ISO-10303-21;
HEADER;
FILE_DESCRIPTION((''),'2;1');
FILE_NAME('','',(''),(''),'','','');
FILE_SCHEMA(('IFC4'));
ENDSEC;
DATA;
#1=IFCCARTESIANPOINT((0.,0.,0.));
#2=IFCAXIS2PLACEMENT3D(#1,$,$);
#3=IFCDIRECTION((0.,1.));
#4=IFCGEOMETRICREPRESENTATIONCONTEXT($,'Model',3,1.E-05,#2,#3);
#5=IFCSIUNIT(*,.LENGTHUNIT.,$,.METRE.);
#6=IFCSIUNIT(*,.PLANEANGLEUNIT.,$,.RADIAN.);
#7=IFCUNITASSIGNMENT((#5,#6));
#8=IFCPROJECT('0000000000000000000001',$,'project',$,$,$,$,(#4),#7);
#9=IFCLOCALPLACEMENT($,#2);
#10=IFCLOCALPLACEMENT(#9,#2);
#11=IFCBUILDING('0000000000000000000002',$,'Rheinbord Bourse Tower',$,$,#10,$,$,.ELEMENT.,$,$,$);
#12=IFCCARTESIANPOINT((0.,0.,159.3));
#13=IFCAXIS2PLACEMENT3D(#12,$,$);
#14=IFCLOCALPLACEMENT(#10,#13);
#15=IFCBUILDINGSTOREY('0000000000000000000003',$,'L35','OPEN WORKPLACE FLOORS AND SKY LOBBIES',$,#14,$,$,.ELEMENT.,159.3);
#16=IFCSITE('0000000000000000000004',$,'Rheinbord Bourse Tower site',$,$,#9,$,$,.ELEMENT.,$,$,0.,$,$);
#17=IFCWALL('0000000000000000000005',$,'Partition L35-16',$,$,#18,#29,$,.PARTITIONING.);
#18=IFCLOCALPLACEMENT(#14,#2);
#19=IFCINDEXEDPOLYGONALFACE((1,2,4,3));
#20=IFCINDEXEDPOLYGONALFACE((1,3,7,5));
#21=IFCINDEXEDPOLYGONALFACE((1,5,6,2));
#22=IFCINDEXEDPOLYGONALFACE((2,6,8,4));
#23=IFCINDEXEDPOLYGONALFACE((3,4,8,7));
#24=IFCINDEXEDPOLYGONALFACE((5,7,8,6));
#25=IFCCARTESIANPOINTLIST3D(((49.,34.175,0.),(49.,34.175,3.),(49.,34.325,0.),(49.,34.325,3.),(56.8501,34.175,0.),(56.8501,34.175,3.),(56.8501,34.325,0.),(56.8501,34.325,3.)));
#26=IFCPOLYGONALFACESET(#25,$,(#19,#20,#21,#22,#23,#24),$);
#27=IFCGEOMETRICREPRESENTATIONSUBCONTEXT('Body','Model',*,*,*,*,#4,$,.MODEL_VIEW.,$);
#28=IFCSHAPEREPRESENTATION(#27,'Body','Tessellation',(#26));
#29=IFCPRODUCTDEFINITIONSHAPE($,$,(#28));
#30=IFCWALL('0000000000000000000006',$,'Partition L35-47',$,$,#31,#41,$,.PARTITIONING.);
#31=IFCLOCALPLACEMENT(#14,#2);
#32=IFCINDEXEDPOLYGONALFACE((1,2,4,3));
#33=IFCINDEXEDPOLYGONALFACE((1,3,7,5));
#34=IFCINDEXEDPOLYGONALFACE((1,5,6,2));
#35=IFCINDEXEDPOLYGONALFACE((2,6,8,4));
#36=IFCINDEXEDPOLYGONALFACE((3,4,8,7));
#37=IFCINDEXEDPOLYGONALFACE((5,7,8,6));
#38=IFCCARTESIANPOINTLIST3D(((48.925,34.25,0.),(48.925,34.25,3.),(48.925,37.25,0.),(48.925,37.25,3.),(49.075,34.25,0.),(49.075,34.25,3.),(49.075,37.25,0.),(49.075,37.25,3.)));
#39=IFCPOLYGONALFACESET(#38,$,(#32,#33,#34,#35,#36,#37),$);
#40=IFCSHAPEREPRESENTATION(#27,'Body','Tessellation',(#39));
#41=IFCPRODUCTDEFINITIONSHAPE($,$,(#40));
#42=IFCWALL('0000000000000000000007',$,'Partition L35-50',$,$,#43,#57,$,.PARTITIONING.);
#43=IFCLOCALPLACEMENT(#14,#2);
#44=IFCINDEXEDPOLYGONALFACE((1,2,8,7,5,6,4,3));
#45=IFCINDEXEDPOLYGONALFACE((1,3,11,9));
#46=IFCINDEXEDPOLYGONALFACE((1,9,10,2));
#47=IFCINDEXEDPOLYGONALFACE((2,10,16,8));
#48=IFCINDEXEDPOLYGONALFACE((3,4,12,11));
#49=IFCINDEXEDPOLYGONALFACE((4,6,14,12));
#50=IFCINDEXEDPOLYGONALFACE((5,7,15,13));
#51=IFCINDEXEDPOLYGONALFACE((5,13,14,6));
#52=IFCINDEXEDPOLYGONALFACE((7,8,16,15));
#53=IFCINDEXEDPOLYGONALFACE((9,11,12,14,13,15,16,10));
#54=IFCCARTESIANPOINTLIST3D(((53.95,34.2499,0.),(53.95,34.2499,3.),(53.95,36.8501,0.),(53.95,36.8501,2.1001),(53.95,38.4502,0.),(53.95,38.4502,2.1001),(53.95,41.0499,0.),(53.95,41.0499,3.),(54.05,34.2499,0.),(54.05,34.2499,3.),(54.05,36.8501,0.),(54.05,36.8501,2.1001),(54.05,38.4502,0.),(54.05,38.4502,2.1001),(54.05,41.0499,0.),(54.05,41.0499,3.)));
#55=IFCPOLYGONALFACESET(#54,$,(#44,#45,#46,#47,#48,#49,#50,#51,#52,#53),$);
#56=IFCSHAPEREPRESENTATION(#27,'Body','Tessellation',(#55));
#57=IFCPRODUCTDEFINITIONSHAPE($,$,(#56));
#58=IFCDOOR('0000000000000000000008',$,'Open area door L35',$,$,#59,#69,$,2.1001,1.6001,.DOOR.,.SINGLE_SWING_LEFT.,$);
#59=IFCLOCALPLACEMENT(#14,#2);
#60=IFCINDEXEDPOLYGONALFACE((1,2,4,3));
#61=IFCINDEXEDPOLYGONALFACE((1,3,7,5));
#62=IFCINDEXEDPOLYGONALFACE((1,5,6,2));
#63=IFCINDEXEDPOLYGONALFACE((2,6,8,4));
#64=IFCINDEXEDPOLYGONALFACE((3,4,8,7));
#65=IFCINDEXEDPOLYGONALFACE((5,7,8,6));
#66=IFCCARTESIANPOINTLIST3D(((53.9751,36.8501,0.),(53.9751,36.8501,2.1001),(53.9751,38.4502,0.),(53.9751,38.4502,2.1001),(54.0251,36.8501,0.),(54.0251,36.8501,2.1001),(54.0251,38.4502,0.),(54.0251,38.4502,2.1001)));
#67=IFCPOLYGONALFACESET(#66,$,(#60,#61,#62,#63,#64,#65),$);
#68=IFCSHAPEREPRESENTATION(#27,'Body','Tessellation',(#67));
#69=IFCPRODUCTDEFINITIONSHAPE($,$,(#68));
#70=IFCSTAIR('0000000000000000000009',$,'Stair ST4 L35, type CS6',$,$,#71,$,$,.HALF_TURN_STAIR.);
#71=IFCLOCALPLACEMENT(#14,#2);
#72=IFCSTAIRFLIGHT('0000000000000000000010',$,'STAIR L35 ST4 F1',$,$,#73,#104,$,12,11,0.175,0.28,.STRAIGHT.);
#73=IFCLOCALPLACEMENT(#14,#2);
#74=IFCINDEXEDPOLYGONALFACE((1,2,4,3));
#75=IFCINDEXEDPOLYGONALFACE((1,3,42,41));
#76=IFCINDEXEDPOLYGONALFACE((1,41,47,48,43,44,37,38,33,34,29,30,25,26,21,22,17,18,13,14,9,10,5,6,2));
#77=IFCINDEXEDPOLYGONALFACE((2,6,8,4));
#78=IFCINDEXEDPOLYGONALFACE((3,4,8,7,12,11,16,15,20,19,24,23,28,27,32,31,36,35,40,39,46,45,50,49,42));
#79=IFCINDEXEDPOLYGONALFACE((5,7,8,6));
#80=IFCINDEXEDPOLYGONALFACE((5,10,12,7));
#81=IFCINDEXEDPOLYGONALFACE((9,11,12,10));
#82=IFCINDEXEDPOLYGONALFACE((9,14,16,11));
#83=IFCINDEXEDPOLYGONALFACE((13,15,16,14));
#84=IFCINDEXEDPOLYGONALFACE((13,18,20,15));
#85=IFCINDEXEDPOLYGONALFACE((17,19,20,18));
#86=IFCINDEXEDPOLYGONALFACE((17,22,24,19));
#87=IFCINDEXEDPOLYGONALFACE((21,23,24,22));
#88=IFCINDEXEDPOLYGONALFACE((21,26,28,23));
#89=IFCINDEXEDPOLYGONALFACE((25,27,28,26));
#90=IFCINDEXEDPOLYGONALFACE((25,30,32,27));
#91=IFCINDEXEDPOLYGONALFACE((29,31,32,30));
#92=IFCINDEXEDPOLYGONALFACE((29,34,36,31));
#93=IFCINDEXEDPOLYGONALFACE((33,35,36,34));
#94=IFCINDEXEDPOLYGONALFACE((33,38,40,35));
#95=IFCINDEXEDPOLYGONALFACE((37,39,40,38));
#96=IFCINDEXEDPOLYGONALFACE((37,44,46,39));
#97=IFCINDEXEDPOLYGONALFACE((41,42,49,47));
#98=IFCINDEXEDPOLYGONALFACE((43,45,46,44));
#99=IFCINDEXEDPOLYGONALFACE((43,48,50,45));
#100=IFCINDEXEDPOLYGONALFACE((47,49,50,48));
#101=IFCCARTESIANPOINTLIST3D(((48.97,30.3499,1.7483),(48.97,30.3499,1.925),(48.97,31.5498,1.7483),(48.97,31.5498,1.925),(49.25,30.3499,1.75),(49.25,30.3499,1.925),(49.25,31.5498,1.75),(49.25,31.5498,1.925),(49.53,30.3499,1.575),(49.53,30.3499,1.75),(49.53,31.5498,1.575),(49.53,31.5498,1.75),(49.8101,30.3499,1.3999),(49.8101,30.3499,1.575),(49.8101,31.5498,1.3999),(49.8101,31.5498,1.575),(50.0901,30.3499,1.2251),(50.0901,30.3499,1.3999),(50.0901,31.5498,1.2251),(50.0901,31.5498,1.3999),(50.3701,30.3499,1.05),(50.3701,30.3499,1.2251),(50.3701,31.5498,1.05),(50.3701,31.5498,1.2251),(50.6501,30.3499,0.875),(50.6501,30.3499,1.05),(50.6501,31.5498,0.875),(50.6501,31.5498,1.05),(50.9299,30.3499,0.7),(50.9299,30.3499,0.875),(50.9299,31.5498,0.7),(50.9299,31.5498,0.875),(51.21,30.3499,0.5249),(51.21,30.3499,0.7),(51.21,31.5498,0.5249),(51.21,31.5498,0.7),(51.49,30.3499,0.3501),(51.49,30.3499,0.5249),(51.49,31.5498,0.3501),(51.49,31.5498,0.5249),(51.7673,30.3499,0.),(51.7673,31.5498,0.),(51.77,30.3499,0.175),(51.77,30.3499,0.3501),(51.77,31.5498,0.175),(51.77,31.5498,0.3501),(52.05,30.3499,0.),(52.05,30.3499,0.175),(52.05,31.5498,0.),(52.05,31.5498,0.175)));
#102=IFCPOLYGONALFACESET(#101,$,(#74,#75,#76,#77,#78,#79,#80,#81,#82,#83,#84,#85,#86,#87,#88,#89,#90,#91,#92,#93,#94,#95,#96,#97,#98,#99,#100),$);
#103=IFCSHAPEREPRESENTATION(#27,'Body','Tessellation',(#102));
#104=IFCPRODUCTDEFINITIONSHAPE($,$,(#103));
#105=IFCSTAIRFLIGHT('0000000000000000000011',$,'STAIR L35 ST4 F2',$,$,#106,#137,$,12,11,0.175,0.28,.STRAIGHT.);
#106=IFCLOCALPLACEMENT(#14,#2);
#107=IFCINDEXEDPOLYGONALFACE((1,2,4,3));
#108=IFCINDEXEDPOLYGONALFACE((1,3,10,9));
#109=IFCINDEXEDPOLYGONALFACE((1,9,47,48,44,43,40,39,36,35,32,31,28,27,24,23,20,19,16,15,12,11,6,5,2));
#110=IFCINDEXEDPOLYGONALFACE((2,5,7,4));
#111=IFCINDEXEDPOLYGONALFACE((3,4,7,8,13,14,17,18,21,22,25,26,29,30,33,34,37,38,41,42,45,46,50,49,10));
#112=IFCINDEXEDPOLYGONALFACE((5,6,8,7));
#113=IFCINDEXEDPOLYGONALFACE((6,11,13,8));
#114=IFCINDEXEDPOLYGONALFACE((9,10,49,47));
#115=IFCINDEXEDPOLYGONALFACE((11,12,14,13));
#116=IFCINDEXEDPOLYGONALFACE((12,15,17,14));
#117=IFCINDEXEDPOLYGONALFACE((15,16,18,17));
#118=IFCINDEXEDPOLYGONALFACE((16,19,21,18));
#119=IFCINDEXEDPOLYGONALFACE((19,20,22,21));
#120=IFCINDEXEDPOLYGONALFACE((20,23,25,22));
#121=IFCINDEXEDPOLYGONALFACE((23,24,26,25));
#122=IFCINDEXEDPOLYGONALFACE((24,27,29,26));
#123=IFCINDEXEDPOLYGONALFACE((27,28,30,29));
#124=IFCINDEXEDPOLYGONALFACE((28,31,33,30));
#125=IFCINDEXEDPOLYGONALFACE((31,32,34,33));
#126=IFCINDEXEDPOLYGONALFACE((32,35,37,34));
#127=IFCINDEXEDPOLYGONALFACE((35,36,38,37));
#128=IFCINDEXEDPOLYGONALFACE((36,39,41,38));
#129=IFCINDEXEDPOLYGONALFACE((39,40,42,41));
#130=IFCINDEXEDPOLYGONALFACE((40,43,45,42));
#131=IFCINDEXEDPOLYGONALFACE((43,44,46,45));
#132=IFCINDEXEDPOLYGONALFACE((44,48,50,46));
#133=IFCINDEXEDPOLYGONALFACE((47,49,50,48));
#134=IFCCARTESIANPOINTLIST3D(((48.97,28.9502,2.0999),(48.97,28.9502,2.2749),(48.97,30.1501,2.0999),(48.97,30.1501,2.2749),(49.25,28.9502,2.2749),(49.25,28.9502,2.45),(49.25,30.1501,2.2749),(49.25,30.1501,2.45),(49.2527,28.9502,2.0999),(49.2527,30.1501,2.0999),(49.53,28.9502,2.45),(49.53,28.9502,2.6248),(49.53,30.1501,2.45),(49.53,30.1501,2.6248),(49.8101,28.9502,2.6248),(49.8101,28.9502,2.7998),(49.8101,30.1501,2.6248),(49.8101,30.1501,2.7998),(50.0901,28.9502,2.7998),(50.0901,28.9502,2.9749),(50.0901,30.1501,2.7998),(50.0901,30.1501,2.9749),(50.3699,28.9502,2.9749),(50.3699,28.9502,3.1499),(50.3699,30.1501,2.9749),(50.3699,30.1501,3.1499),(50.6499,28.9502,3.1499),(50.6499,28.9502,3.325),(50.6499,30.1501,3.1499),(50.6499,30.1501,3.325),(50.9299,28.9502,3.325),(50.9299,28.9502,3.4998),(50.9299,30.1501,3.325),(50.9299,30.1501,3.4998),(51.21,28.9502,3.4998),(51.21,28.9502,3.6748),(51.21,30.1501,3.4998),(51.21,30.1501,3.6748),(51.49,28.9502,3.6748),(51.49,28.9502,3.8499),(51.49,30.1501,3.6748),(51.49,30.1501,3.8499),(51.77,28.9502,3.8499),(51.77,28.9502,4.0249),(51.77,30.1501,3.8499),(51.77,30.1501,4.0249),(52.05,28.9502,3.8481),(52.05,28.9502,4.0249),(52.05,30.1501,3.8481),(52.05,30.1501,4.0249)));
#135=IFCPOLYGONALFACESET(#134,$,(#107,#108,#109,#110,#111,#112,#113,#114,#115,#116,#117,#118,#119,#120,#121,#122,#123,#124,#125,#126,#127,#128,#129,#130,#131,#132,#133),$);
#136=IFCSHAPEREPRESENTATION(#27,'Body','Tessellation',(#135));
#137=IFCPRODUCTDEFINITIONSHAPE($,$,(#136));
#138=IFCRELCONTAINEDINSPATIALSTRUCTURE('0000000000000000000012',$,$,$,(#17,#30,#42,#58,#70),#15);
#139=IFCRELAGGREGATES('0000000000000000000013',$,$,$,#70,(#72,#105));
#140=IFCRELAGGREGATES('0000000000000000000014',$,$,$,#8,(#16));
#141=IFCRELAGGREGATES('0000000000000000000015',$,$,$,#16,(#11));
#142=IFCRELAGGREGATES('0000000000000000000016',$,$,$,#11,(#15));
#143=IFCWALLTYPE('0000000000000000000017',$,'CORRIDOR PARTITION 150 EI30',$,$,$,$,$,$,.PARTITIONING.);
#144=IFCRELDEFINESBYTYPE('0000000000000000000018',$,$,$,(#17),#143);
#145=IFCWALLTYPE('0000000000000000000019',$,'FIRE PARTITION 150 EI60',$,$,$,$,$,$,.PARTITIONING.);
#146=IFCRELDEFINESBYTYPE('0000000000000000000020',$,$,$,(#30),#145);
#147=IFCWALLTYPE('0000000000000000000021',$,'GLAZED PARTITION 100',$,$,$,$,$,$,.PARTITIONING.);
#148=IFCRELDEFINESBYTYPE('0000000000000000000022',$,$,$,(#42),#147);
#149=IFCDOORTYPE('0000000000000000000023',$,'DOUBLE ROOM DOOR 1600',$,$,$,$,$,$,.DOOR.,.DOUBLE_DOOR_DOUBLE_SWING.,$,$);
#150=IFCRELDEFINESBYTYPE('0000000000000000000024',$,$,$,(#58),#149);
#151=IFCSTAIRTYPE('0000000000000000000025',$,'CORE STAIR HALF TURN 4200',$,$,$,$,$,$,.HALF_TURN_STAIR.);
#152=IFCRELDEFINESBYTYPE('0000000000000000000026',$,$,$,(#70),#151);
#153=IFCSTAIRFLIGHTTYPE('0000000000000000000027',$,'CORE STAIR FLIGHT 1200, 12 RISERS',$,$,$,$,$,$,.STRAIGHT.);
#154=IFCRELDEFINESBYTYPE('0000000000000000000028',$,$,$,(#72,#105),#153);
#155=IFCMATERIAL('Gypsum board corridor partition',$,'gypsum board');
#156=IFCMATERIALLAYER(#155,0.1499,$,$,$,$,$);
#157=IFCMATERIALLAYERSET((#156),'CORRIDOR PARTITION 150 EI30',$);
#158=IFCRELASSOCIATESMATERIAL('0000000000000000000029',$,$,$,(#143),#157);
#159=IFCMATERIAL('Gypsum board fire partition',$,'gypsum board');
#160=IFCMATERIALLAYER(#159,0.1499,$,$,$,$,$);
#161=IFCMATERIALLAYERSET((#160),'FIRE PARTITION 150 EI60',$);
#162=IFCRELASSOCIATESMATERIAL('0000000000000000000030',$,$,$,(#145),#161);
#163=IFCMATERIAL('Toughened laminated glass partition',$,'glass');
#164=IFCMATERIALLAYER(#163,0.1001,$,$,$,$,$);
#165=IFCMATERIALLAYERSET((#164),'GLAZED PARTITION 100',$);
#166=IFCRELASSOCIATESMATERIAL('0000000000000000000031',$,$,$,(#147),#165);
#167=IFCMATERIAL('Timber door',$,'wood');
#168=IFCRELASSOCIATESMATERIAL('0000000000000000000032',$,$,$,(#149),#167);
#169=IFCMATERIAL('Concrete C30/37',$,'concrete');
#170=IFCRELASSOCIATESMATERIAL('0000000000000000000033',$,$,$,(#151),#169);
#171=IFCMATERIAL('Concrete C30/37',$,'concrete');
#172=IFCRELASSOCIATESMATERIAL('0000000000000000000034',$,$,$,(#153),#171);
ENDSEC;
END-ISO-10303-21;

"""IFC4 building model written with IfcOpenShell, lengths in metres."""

from ifc_helpers import new_model, si_unit, direction, frame, frame_2d, origin, place, context, subcontext, project, spatial, polyline, rectangle, outline, extrude, material, layer, layer_set, type_object, element, fill, aggregate, save


model = new_model("IFC4")

# Units and contexts
model_context = context("Model", 3, precision=1e-05, world=origin(), true_north=direction((0.0, 1.0)))
body_context = subcontext(model_context, "Body", "Model", "MODEL_VIEW")
ifc_project = project(units=[si_unit("LENGTHUNIT", "METRE"), si_unit("PLANEANGLEUNIT", "RADIAN")], contexts=[model_context])

# Site, building, storey
site_placement = place(None, origin())
site = spatial("IfcSite", under=ifc_project, at=site_placement, Name="Rheinbord Bourse Tower site", CompositionType="ELEMENT", RefElevation=0.0)
building_placement = place(site_placement, origin())
building = spatial("IfcBuilding", under=site, at=building_placement, Name="Rheinbord Bourse Tower", CompositionType="ELEMENT")
storey_placement = place(building_placement, frame((0.0, 0.0, 159.3)))
storey = spatial("IfcBuildingStorey", under=building, at=storey_placement, Name="L35", Description="OPEN WORKPLACE FLOORS AND SKY LOBBIES", CompositionType="ELEMENT", Elevation=159.3)

# Walls
ifc_material_1 = material(Name="Gypsum board corridor partition", Category="gypsum board")
ifc_layer_1 = layer(ifc_material_1, 0.1499)
ifc_layer_set_1 = layer_set([ifc_layer_1], Name="CORRIDOR PARTITION 150 EI30")
wall_type_1 = type_object("IfcWallType", Name="CORRIDOR PARTITION 150 EI30", PredefinedType="PARTITIONING", material=ifc_layer_set_1)
wall_1_placement = place(storey_placement, frame((49.0, 34.25, 0.0), z_axis=(0.0, 0.0, 1.0), x_axis=(1.0, 0.0, 0.0)))
element("IfcWall", 1, at=wall_1_placement, inside=storey, type_object=wall_type_1, Name="Partition L35-16", PredefinedType="PARTITIONING", context=body_context, shape_type="SweptSolid", body=[
    extrude(rectangle(XDim=7.8501, YDim=0.1499, at=frame_2d((3.925, 0.0))), origin(), (0.0, 0.0, 1.0), 3.0),
])
ifc_material_2 = material(Name="Gypsum board fire partition", Category="gypsum board")
ifc_layer_2 = layer(ifc_material_2, 0.1499)
ifc_layer_set_2 = layer_set([ifc_layer_2], Name="FIRE PARTITION 150 EI60")
wall_type_2 = type_object("IfcWallType", Name="FIRE PARTITION 150 EI60", PredefinedType="PARTITIONING", material=ifc_layer_set_2)
wall_2_placement = place(storey_placement, frame((49.0, 34.25, 0.0), z_axis=(0.0, 0.0, 1.0), x_axis=(0.0, 1.0, 0.0)))
element("IfcWall", 2, at=wall_2_placement, inside=storey, type_object=wall_type_2, Name="Partition L35-47", PredefinedType="PARTITIONING", context=body_context, shape_type="SweptSolid", body=[
    extrude(rectangle(XDim=3.0, YDim=0.1499, at=frame_2d((1.5, 0.0))), origin(), (0.0, 0.0, 1.0), 3.0),
])

# Wall, opening, door
ifc_material_3 = material(Name="Toughened laminated glass partition", Category="glass")
ifc_layer_3 = layer(ifc_material_3, 0.1001)
ifc_layer_set_3 = layer_set([ifc_layer_3], Name="GLAZED PARTITION 100")
wall_type_3 = type_object("IfcWallType", Name="GLAZED PARTITION 100", PredefinedType="PARTITIONING", material=ifc_layer_set_3)
wall_3_placement = place(storey_placement, frame((54.0, 34.25, 0.0), z_axis=(0.0, 0.0, 1.0), x_axis=(0.0, 1.0, 0.0)))
wall_3 = element("IfcWall", 3, at=wall_3_placement, inside=storey, type_object=wall_type_3, Name="Partition L35-50", PredefinedType="PARTITIONING", context=body_context, shape_type="SweptSolid", body=[
    extrude(rectangle(XDim=6.8, YDim=0.1001, at=frame_2d((3.3999, 0.0))), origin(), (0.0, 0.0, 1.0), 3.0),
])
opening_1_placement = place(wall_3_placement, frame((2.6001, 0.0, 0.0)))
opening_1 = element("IfcOpeningElement", 4, at=opening_1_placement, cuts=wall_3, PredefinedType="OPENING", context=body_context, shape_type="SweptSolid", body=[
    extrude(rectangle(XDim=1.6001, YDim=2.1001, at=frame_2d((0.8, 1.05))), frame((0.0, 0.0601, 0.0), z_axis=(0.0, -1.0, 0.0), x_axis=(1.0, 0.0, 0.0)), (0.0, 0.0, 1.0), 0.1201),
])
ifc_material_4 = material(Name="Timber door", Category="wood")
door_type_1 = type_object("IfcDoorType", Name="DOUBLE ROOM DOOR 1600", OperationType="DOUBLE_DOOR_DOUBLE_SWING", PredefinedType="DOOR", material=ifc_material_4)
door_1_placement = place(opening_1_placement, origin())
door_1 = element("IfcDoor", 5, at=door_1_placement, inside=storey, type_object=door_type_1, Name="Open area door L35", OperationType="SINGLE_SWING_LEFT", OverallHeight=2.1001, OverallWidth=1.6001, PredefinedType="DOOR", context=body_context, shape_type="SweptSolid", body=[
    extrude(rectangle(XDim=1.6001, YDim=2.1001, at=frame_2d((0.8, 1.05))), frame((0.0, 0.0249, 0.0), z_axis=(0.0, -1.0, 0.0), x_axis=(1.0, 0.0, 0.0)), (0.0, 0.0, 1.0), 0.05),
])
fill(opening_1, door_1)

# Stair, stair flights
ifc_material_5 = material(Name="Concrete C30/37", Category="concrete")
stair_type = type_object("IfcStairType", Name="CORE STAIR HALF TURN 4200", PredefinedType="HALF_TURN_STAIR", material=ifc_material_5)
stair_placement = place(storey_placement, origin())
stair = element("IfcStair", 6, at=stair_placement, inside=storey, type_object=stair_type, Name="Stair ST4 L35, type CS6", PredefinedType="HALF_TURN_STAIR")
ifc_material_6 = material(Name="Concrete C30/37", Category="concrete")
stair_flight_type = type_object("IfcStairFlightType", Name="CORE STAIR FLIGHT 1200, 12 RISERS", PredefinedType="STRAIGHT", material=ifc_material_6)
stair_flight_1_placement = place(storey_placement, frame((52.05, 30.95, 0.0), z_axis=(0.0, 0.0, 1.0), x_axis=(-1.0, 0.0, 0.0)))
stair_flight_1 = element("IfcStairFlight", 7, at=stair_flight_1_placement, type_object=stair_flight_type, Name="STAIR L35 ST4 F1", NumberOfRisers=12, NumberOfTreads=11, PredefinedType="STRAIGHT", RiserHeight=0.175, TreadLength=0.28, context=body_context, shape_type="SweptSolid", body=[
    extrude(outline(polyline([(0.0, 0.0), (0.0, 0.175), (0.28, 0.175), (0.28, 0.3501), (0.5601, 0.3501), (0.5601, 0.5249), (0.8401, 0.5249), (0.8401, 0.7), (1.1201, 0.7), (1.1201, 0.875), (1.3999, 0.875), (1.3999, 1.05), (1.6799, 1.05), (1.6799, 1.2251), (1.96, 1.2251), (1.96, 1.3999), (2.24, 1.3999), (2.24, 1.575), (2.52, 1.575), (2.52, 1.75), (2.8, 1.75), (2.8, 1.925), (3.0801, 1.925), (3.0801, 2.1001), (3.0801, 1.7483), (0.2827, 0.0), (0.0, 0.0)])), frame((0.0, 0.6001, 0.0), z_axis=(0.0, -1.0, 0.0), x_axis=(1.0, 0.0, 0.0)), (0.0, 0.0, 1.0), 1.2),
])
stair_flight_2_placement = place(storey_placement, frame((48.97, 29.55, 2.0999), z_axis=(0.0, 0.0, 1.0), x_axis=(1.0, 0.0, 0.0)))
stair_flight_2 = element("IfcStairFlight", 8, at=stair_flight_2_placement, type_object=stair_flight_type, Name="STAIR L35 ST4 F2", NumberOfRisers=12, NumberOfTreads=11, PredefinedType="STRAIGHT", RiserHeight=0.175, TreadLength=0.28, context=body_context, shape_type="SweptSolid", body=[
    extrude(outline(polyline([(0.0, 0.0), (0.0, 0.175), (0.28, 0.175), (0.28, 0.3501), (0.5601, 0.3501), (0.5601, 0.5249), (0.8401, 0.5249), (0.8401, 0.7), (1.1201, 0.7), (1.1201, 0.875), (1.3999, 0.875), (1.3999, 1.05), (1.6799, 1.05), (1.6799, 1.2251), (1.96, 1.2251), (1.96, 1.3999), (2.24, 1.3999), (2.24, 1.575), (2.52, 1.575), (2.52, 1.75), (2.8, 1.75), (2.8, 1.925), (3.0801, 1.925), (3.0801, 2.1001), (3.0801, 1.7483), (0.2827, 0.0), (0.0, 0.0)])), frame((0.0, 0.6001, 0.0), z_axis=(0.0, -1.0, 0.0), x_axis=(1.0, 0.0, 0.0)), (0.0, 0.0, 1.0), 1.2),
])
aggregate(stair, [stair_flight_1, stair_flight_2])

save(model, "model.ifc")
